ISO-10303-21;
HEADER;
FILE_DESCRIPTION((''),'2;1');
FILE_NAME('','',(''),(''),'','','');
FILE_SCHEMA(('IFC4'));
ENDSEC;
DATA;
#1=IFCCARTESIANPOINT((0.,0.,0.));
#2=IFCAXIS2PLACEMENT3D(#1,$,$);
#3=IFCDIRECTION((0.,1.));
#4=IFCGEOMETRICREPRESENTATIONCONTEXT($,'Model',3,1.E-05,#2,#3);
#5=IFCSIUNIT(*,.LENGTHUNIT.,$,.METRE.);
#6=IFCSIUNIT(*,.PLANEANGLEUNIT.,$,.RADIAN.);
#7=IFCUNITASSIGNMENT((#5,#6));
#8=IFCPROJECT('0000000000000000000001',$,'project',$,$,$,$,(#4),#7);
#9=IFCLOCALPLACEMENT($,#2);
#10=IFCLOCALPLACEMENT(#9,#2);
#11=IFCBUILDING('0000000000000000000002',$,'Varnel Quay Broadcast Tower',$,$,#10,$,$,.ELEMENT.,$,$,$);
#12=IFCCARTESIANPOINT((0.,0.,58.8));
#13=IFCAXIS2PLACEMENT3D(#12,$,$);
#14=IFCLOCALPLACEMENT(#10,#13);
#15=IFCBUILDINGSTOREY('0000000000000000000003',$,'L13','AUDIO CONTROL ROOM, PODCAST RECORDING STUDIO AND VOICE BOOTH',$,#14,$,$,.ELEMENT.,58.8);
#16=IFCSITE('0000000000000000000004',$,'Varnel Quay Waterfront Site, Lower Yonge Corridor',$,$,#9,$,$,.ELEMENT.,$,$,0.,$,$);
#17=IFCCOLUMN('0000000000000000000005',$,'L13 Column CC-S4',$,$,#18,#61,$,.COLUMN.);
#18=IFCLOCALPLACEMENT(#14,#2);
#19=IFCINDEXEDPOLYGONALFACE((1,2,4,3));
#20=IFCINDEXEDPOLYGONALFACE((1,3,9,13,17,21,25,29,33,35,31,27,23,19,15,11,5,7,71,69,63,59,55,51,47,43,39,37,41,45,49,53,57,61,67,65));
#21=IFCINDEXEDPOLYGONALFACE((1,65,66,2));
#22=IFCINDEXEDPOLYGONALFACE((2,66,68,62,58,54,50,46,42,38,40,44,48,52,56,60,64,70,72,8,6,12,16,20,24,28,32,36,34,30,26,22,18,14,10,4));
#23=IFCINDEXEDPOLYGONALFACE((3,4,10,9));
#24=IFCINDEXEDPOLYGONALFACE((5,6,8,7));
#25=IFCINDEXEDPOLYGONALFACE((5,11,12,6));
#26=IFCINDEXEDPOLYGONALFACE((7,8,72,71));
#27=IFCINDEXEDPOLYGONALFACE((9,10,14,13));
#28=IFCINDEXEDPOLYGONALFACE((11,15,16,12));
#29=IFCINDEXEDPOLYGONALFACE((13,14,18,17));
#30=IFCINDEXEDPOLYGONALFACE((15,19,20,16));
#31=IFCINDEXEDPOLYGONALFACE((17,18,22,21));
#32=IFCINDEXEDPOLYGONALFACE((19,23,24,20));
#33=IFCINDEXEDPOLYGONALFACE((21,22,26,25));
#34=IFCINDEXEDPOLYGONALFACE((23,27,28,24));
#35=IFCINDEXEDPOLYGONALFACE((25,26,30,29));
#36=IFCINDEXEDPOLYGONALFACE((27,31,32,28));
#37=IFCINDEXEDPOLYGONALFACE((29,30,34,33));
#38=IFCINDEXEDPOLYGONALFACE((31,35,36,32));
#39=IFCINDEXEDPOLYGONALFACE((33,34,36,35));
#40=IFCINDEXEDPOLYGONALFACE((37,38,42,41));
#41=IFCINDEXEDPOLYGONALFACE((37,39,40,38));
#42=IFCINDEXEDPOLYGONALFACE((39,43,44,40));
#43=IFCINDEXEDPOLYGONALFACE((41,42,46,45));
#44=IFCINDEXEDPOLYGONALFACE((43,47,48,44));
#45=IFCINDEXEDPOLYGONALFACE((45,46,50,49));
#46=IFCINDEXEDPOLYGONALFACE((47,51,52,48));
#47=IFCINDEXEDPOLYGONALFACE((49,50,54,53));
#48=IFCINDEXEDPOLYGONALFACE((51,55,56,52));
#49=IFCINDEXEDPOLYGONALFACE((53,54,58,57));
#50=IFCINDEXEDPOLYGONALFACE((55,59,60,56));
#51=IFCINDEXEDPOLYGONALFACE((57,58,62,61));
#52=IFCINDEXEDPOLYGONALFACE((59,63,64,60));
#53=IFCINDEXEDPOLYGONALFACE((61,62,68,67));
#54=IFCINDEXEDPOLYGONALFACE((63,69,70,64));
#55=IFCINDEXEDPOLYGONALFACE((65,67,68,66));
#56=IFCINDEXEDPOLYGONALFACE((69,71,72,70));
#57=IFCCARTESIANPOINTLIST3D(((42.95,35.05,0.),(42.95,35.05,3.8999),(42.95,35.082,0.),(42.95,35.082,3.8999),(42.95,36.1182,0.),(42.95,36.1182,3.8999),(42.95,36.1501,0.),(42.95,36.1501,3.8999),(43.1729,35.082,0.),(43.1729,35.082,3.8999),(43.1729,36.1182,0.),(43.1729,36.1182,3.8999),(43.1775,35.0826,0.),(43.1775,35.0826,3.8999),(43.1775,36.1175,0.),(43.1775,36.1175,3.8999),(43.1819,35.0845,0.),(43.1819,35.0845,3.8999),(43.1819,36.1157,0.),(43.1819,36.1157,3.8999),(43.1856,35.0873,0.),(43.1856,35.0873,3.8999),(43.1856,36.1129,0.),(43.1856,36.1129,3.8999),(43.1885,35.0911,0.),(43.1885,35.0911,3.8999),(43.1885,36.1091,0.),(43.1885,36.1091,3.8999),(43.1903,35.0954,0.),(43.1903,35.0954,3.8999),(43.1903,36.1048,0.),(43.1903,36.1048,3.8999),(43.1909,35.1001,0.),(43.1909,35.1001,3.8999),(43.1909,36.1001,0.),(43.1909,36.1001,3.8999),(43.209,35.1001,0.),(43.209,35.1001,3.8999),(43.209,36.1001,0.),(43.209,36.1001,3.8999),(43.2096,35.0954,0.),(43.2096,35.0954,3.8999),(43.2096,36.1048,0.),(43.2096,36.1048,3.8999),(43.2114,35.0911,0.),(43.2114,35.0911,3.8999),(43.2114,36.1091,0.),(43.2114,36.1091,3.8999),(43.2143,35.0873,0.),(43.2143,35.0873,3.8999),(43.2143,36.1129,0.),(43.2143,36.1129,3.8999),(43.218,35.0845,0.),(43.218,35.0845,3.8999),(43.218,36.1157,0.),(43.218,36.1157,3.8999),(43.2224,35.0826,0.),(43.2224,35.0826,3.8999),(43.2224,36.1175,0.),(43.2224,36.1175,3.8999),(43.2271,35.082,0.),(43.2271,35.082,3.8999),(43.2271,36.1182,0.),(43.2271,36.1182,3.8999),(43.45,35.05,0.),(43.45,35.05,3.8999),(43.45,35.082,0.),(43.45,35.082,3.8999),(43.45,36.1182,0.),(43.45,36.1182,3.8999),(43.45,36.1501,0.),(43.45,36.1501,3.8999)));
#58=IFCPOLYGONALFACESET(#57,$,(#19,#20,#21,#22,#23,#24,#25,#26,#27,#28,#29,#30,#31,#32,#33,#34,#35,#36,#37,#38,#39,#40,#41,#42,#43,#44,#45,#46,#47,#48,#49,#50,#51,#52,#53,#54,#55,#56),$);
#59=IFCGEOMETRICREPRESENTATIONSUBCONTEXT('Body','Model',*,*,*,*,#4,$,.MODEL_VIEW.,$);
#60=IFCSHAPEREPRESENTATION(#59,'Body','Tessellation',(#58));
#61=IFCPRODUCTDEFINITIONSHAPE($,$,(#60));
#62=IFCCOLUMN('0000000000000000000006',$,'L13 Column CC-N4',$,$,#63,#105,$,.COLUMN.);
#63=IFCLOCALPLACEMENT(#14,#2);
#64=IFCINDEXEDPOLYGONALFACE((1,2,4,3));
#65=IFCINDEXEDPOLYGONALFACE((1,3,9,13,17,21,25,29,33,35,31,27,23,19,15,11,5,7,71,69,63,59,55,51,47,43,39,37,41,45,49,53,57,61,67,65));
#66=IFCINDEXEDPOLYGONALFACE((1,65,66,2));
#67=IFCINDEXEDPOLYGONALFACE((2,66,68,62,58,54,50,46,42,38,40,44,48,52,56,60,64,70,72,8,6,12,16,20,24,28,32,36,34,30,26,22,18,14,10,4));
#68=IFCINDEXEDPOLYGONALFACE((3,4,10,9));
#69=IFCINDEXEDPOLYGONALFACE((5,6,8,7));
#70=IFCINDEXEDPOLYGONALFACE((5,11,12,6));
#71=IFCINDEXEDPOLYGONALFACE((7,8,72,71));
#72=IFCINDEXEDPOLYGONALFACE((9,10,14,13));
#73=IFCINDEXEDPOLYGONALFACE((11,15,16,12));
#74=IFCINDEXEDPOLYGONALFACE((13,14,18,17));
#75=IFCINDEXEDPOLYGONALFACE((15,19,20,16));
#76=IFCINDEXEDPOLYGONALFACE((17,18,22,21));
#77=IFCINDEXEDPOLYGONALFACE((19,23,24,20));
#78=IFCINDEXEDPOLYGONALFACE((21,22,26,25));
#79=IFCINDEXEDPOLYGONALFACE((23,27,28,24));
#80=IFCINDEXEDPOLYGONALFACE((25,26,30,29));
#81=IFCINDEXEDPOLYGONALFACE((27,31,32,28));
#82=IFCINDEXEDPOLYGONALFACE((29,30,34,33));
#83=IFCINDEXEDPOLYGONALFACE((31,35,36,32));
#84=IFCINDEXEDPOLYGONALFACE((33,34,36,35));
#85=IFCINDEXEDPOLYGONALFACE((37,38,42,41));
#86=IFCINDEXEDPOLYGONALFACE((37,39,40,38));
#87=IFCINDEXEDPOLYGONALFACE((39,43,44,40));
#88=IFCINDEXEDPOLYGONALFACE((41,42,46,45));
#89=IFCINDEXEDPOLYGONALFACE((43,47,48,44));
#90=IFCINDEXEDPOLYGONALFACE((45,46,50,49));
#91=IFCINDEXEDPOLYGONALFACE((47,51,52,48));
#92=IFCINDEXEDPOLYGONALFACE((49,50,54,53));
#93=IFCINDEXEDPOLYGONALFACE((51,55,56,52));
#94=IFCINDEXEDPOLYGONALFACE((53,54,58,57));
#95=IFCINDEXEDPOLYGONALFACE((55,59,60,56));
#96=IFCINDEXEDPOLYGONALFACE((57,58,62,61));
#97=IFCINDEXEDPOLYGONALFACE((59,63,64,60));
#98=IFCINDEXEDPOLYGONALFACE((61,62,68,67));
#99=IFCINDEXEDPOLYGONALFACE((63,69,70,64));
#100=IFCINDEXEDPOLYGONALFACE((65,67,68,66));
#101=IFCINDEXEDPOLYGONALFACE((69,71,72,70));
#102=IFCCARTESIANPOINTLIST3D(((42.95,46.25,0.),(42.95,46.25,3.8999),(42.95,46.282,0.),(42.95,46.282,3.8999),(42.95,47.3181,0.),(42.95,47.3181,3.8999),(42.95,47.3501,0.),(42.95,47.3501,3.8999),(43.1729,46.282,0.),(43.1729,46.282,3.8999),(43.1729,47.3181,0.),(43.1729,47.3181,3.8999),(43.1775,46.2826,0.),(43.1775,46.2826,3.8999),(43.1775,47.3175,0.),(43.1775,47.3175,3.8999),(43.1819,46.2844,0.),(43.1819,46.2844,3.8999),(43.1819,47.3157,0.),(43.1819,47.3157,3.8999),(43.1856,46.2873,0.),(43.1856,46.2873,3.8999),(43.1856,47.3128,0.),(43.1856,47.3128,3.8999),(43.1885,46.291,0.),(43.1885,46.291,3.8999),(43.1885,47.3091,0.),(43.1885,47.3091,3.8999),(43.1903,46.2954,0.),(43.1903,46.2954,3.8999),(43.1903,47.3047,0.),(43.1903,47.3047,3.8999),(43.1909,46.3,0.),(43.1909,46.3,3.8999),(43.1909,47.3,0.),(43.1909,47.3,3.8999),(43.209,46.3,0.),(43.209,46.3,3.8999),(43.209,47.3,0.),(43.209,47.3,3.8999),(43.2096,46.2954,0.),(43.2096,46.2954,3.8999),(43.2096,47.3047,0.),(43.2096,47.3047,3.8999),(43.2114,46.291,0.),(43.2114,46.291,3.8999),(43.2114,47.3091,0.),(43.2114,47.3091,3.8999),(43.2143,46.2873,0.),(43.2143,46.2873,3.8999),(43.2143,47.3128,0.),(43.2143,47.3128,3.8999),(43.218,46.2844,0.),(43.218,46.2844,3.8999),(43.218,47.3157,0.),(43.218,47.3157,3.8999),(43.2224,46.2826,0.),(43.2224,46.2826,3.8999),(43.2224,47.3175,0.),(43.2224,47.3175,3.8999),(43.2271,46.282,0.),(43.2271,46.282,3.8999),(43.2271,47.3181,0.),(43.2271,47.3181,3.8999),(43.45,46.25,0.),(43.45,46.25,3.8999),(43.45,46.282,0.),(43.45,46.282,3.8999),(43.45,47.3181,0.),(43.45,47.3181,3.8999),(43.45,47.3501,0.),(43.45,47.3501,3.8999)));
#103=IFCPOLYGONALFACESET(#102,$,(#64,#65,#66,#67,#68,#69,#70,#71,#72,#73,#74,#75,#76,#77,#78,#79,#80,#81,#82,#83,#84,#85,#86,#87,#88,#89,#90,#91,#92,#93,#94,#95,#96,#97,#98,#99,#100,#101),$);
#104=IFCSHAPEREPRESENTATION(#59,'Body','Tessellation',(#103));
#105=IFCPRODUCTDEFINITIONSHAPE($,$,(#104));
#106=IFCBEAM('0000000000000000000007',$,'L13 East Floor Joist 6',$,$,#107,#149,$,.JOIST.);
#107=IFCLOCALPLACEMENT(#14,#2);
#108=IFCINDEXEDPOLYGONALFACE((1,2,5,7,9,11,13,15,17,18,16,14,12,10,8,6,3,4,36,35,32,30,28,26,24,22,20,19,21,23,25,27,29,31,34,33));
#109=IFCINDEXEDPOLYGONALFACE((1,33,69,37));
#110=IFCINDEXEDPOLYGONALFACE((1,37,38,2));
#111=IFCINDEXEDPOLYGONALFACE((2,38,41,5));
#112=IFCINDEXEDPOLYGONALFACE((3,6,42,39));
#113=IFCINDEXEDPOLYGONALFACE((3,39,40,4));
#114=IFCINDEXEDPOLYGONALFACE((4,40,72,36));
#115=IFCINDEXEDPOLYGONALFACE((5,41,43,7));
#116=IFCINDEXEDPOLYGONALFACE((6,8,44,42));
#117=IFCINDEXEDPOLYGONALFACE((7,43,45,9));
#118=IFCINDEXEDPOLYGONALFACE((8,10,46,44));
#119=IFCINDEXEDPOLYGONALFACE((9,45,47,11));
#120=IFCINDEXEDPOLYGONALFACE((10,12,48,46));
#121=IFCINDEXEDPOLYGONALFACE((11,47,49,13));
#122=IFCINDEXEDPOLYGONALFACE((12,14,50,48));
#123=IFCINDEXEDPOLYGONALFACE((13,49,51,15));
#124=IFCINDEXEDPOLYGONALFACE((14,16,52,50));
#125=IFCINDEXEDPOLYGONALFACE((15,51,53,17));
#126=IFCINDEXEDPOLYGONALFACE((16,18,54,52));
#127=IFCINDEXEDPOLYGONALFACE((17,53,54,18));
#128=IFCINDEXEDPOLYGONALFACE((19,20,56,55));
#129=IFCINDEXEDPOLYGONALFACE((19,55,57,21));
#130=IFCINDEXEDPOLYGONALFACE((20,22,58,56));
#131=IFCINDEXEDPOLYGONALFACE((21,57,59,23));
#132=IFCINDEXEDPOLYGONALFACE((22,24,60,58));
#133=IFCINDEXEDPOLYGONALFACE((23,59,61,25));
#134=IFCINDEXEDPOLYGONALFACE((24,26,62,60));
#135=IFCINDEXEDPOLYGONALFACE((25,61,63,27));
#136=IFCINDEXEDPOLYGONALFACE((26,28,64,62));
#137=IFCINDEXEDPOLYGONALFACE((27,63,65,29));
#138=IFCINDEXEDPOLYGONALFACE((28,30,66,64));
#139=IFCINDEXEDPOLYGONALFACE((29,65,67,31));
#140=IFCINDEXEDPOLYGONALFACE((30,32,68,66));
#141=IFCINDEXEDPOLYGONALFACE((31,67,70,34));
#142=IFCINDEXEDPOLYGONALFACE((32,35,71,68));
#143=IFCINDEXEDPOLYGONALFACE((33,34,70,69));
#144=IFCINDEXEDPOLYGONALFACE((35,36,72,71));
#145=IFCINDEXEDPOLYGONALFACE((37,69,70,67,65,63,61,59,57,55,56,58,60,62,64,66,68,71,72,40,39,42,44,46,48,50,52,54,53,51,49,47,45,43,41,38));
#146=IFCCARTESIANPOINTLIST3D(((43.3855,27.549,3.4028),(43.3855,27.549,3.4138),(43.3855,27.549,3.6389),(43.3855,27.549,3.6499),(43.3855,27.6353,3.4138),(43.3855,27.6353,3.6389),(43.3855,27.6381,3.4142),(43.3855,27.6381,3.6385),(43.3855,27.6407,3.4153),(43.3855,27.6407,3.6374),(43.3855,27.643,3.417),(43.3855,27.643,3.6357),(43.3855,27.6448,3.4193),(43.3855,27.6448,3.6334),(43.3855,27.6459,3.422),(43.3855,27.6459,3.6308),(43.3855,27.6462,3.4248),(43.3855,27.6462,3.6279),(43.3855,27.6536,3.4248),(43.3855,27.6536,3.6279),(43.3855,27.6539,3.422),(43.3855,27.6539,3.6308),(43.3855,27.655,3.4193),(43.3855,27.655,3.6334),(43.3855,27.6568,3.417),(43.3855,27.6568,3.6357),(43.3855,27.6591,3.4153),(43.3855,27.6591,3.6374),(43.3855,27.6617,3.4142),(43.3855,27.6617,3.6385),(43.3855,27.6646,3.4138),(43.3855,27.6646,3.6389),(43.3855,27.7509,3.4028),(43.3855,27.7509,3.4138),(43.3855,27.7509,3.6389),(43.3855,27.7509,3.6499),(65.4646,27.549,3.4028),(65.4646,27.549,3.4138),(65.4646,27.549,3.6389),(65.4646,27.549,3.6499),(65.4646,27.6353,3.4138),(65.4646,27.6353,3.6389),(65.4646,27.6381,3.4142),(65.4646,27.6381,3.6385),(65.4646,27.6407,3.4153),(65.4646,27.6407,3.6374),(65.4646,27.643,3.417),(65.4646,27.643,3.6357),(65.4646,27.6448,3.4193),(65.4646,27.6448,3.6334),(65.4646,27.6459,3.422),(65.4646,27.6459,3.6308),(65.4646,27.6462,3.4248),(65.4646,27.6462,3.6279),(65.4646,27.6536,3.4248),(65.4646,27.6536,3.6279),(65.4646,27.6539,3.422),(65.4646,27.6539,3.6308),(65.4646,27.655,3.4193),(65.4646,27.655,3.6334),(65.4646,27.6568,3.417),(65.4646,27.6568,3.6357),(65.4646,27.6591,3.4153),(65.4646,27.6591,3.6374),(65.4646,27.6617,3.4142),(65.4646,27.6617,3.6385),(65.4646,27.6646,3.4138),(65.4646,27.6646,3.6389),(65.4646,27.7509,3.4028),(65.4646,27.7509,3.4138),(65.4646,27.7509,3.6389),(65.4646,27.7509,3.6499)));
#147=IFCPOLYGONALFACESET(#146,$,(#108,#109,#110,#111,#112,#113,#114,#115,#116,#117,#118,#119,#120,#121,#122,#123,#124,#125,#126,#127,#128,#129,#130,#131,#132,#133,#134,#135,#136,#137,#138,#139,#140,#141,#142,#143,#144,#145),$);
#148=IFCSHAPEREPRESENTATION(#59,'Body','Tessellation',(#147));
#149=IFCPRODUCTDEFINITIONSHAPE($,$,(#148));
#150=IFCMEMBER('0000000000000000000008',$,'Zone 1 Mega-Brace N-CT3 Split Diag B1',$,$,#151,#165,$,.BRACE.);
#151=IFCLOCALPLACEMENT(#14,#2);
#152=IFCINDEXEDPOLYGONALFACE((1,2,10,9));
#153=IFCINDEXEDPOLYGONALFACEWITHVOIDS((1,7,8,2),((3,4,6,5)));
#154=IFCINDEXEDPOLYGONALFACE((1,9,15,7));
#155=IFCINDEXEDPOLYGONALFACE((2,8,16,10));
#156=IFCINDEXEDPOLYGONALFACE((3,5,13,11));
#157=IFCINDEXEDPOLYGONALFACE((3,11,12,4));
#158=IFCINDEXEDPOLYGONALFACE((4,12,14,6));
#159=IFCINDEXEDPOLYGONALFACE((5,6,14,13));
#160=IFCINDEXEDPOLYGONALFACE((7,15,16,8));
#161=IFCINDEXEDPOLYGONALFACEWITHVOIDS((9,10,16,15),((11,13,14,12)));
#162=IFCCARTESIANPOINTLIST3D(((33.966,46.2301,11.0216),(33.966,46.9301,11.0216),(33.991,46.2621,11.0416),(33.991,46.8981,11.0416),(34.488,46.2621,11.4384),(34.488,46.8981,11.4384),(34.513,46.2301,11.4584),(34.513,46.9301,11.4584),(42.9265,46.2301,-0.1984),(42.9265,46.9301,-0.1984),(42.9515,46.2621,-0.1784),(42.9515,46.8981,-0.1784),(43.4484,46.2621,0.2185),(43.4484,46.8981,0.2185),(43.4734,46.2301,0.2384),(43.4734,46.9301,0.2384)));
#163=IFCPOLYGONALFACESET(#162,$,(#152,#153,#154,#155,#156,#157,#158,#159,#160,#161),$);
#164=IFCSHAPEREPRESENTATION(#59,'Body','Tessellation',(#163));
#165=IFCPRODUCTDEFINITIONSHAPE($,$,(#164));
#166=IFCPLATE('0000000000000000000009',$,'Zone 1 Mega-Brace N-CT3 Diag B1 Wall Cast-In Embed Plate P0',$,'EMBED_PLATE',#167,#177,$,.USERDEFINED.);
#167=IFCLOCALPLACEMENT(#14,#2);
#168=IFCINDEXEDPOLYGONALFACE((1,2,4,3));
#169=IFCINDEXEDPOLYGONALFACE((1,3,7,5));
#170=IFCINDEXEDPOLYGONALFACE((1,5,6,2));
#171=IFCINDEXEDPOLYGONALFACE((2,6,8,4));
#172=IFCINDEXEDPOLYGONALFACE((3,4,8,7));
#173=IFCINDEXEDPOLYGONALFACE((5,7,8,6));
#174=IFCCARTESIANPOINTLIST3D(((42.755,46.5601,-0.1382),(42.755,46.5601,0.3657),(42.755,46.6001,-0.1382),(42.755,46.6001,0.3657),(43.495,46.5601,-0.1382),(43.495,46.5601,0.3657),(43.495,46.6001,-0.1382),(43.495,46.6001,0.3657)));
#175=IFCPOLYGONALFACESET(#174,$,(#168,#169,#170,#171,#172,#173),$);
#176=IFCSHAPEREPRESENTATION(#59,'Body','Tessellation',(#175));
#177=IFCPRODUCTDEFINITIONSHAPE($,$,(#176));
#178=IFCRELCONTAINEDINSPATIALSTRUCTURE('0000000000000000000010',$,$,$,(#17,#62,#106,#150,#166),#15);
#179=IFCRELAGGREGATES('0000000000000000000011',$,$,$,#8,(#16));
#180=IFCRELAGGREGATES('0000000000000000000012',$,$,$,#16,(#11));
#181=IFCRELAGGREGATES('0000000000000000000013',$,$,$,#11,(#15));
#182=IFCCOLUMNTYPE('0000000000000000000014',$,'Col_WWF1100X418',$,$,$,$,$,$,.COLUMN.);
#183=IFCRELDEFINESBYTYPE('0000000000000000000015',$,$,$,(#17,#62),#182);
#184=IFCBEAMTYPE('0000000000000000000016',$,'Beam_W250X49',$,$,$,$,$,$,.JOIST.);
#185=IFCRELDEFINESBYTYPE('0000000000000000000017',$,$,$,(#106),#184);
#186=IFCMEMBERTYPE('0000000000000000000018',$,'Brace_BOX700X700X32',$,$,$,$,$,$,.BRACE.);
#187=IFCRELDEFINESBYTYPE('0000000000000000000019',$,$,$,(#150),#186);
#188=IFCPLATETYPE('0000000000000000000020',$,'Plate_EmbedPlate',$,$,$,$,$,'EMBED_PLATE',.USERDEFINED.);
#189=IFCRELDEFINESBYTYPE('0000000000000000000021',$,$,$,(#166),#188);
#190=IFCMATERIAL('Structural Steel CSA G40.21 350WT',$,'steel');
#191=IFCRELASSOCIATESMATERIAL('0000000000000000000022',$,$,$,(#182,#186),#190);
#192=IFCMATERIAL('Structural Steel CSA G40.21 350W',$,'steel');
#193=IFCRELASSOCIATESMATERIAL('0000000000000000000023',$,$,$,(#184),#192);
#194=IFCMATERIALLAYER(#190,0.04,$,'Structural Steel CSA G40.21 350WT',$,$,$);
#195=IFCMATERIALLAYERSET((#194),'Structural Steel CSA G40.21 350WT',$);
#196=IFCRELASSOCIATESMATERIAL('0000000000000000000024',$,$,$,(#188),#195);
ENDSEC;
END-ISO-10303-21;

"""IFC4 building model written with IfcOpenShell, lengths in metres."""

from ifc_helpers import new_model, si_unit, direction, frame, origin, origin_2d, place, context, subcontext, project, spatial, rectangle, hollow_rectangle, i_section, extrude, source, transform, mapped, material, layer, layer_set, material_profile, profile_set, type_object, type_shapes, element, save


model = new_model("IFC4")

# Units and contexts
model_context = context("Model", 3, precision=1e-05, world=origin(), true_north=direction((0.0, 1.0)))
body_context = subcontext(model_context, "Body", "Model", "MODEL_VIEW")
ifc_project = project(units=[si_unit("LENGTHUNIT", "METRE"), si_unit("PLANEANGLEUNIT", "RADIAN")], contexts=[model_context])

# Site, building, storey
site_placement = place(None, origin())
site = spatial("IfcSite", under=ifc_project, at=site_placement, Name="Varnel Quay Waterfront Site, Lower Yonge Corridor", CompositionType="ELEMENT", RefElevation=0.0)
building_placement = place(site_placement, origin())
building = spatial("IfcBuilding", under=site, at=building_placement, Name="Varnel Quay Broadcast Tower", CompositionType="ELEMENT")
storey_placement = place(building_placement, frame((0.0, 0.0, 58.8)))
storey = spatial("IfcBuildingStorey", under=building, at=storey_placement, Name="L13", Description="AUDIO CONTROL ROOM, PODCAST RECORDING STUDIO AND VOICE BOOTH", CompositionType="ELEMENT", Elevation=58.8)

# Columns
ifc_material_1 = material(Name="Structural Steel CSA G40.21 350WT", Category="steel")
ifc_material_profile_1 = material_profile(ifc_material_1, i_section(OverallWidth=0.5, OverallDepth=1.1001, WebThickness=0.0181, FlangeThickness=0.032, FilletRadius=0.0181, at=origin_2d()), Name="WWF1100X418")
ifc_profile_set_1 = profile_set([ifc_material_profile_1], Name="Structural Steel CSA G40.21 350WT")
column_type = type_object("IfcColumnType", Name="Col_WWF1100X418", PredefinedType="COLUMN", material=ifc_profile_set_1)
shared_shape_1 = source(origin(), body_context, "Body", "SweptSolid", [
    extrude(i_section(OverallWidth=0.5, OverallDepth=1.1001, WebThickness=0.0181, FlangeThickness=0.032, FilletRadius=0.0181, at=origin_2d()), origin(), (0.0, 0.0, 1.0), 3.8999),
])
type_shapes(column_type, [shared_shape_1])
for number, where, z_axis, x_axis, name in (
    (1, (43.2, 35.6001, 0.0), (0.0, 0.0, 1.0), (1.0, 0.0, 0.0), "L13 Column CC-S4"),
    (2, (43.2, 46.8, 0.0), (0.0, 0.0, 1.0), (1.0, 0.0, 0.0), "L13 Column CC-N4"),
):
    element("IfcColumn", number, at=place(storey_placement, frame(where, z_axis=z_axis, x_axis=x_axis)), inside=storey, type_object=column_type, Name=name, PredefinedType="COLUMN", context=body_context, shape_type="MappedRepresentation", body=[
        mapped(shared_shape_1, transform((0.0, 0.0, 0.0), x_axis=(1.0, 0.0, 0.0), y_axis=(0.0, 1.0, 0.0), z_axis=(0.0, 0.0, 1.0), scale=1.0)),
    ])

# Beam
ifc_material_2 = material(Name="Structural Steel CSA G40.21 350W", Category="steel")
ifc_material_profile_2 = material_profile(ifc_material_2, i_section(OverallWidth=0.2019, OverallDepth=0.2471, WebThickness=0.0073, FlangeThickness=0.011, FilletRadius=0.011, at=origin_2d()), Name="W250X49")
ifc_profile_set_2 = profile_set([ifc_material_profile_2], Name="Structural Steel CSA G40.21 350W")
beam_type = type_object("IfcBeamType", Name="Beam_W250X49", PredefinedType="JOIST", material=ifc_profile_set_2)
shared_shape_2 = source(origin(), body_context, "Body", "SweptSolid", [
    extrude(i_section(OverallWidth=0.2019, OverallDepth=0.2471, WebThickness=0.0073, FlangeThickness=0.011, FilletRadius=0.011, at=origin_2d()), origin(), (0.0, 0.0, 1.0), 22.0791),
])
type_shapes(beam_type, [shared_shape_2])
beam_placement = place(storey_placement, frame((43.3855, 27.6499, 3.5264), z_axis=(1.0, 0.0, 0.0), x_axis=(0.0, 1.0, 0.0)))
element("IfcBeam", 3, at=beam_placement, inside=storey, type_object=beam_type, Name="L13 East Floor Joist 6", PredefinedType="JOIST", context=body_context, shape_type="MappedRepresentation", body=[
    mapped(shared_shape_2, transform((0.0, 0.0, 0.0), x_axis=(1.0, 0.0, 0.0), y_axis=(0.0, 1.0, 0.0), z_axis=(0.0, 0.0, 1.0), scale=1.0)),
])

# Member
ifc_material_profile_3 = material_profile(ifc_material_1, hollow_rectangle(XDim=0.7, YDim=0.7, WallThickness=0.032, at=origin_2d()), Name="BOX700X700X32")
ifc_profile_set_3 = profile_set([ifc_material_profile_3], Name="Structural Steel CSA G40.21 350WT")
member_type = type_object("IfcMemberType", Name="Brace_BOX700X700X32", PredefinedType="BRACE", material=ifc_profile_set_3)
shared_shape_3 = source(origin(), body_context, "Body", "SweptSolid", [
    extrude(hollow_rectangle(XDim=0.7, YDim=0.7, WallThickness=0.032, at=origin_2d()), origin(), (0.0, 0.0, 1.0), 14.3589),
])
type_shapes(member_type, [shared_shape_3])
member_placement = place(storey_placement, frame((43.2, 46.5801, 0.02), z_axis=(-0.624035, 0.0, 0.781396), x_axis=(0.0, -1.0, 0.0)))
element("IfcMember", 4, at=member_placement, inside=storey, type_object=member_type, Name="Zone 1 Mega-Brace N-CT3 Split Diag B1", PredefinedType="BRACE", context=body_context, shape_type="MappedRepresentation", body=[
    mapped(shared_shape_3, transform((0.0, 0.0, 0.0), x_axis=(1.0, 0.0, 0.0), y_axis=(0.0, 1.0, 0.0), z_axis=(0.0, 0.0, 1.0), scale=1.0)),
])

# Plate
ifc_layer_1 = layer(ifc_material_1, 0.04, Name="Structural Steel CSA G40.21 350WT")
ifc_layer_set_1 = layer_set([ifc_layer_1], Name="Structural Steel CSA G40.21 350WT")
plate_type = type_object("IfcPlateType", Name="Plate_EmbedPlate", ElementType="EMBED_PLATE", PredefinedType="USERDEFINED", material=ifc_layer_set_1)
shared_shape_4 = source(origin(), body_context, "Body", "SweptSolid", [
    extrude(rectangle(XDim=0.74, YDim=0.04, at=origin_2d()), origin(), (0.0, 0.0, 1.0), 0.5039),
])
type_shapes(plate_type, [shared_shape_4])
plate_placement = place(storey_placement, frame((43.125, 46.5801, -0.1382), z_axis=(0.0, 0.0, 1.0), x_axis=(1.0, 0.0, 0.0)))
element("IfcPlate", 5, at=plate_placement, inside=storey, type_object=plate_type, Name="Zone 1 Mega-Brace N-CT3 Diag B1 Wall Cast-In Embed Plate P0", ObjectType="EMBED_PLATE", PredefinedType="USERDEFINED", context=body_context, shape_type="MappedRepresentation", body=[
    mapped(shared_shape_4, transform((0.0, 0.0, 0.0), x_axis=(1.0, 0.0, 0.0), y_axis=(0.0, 1.0, 0.0), z_axis=(0.0, 0.0, 1.0), scale=1.0)),
])

save(model, "model.ifc")
